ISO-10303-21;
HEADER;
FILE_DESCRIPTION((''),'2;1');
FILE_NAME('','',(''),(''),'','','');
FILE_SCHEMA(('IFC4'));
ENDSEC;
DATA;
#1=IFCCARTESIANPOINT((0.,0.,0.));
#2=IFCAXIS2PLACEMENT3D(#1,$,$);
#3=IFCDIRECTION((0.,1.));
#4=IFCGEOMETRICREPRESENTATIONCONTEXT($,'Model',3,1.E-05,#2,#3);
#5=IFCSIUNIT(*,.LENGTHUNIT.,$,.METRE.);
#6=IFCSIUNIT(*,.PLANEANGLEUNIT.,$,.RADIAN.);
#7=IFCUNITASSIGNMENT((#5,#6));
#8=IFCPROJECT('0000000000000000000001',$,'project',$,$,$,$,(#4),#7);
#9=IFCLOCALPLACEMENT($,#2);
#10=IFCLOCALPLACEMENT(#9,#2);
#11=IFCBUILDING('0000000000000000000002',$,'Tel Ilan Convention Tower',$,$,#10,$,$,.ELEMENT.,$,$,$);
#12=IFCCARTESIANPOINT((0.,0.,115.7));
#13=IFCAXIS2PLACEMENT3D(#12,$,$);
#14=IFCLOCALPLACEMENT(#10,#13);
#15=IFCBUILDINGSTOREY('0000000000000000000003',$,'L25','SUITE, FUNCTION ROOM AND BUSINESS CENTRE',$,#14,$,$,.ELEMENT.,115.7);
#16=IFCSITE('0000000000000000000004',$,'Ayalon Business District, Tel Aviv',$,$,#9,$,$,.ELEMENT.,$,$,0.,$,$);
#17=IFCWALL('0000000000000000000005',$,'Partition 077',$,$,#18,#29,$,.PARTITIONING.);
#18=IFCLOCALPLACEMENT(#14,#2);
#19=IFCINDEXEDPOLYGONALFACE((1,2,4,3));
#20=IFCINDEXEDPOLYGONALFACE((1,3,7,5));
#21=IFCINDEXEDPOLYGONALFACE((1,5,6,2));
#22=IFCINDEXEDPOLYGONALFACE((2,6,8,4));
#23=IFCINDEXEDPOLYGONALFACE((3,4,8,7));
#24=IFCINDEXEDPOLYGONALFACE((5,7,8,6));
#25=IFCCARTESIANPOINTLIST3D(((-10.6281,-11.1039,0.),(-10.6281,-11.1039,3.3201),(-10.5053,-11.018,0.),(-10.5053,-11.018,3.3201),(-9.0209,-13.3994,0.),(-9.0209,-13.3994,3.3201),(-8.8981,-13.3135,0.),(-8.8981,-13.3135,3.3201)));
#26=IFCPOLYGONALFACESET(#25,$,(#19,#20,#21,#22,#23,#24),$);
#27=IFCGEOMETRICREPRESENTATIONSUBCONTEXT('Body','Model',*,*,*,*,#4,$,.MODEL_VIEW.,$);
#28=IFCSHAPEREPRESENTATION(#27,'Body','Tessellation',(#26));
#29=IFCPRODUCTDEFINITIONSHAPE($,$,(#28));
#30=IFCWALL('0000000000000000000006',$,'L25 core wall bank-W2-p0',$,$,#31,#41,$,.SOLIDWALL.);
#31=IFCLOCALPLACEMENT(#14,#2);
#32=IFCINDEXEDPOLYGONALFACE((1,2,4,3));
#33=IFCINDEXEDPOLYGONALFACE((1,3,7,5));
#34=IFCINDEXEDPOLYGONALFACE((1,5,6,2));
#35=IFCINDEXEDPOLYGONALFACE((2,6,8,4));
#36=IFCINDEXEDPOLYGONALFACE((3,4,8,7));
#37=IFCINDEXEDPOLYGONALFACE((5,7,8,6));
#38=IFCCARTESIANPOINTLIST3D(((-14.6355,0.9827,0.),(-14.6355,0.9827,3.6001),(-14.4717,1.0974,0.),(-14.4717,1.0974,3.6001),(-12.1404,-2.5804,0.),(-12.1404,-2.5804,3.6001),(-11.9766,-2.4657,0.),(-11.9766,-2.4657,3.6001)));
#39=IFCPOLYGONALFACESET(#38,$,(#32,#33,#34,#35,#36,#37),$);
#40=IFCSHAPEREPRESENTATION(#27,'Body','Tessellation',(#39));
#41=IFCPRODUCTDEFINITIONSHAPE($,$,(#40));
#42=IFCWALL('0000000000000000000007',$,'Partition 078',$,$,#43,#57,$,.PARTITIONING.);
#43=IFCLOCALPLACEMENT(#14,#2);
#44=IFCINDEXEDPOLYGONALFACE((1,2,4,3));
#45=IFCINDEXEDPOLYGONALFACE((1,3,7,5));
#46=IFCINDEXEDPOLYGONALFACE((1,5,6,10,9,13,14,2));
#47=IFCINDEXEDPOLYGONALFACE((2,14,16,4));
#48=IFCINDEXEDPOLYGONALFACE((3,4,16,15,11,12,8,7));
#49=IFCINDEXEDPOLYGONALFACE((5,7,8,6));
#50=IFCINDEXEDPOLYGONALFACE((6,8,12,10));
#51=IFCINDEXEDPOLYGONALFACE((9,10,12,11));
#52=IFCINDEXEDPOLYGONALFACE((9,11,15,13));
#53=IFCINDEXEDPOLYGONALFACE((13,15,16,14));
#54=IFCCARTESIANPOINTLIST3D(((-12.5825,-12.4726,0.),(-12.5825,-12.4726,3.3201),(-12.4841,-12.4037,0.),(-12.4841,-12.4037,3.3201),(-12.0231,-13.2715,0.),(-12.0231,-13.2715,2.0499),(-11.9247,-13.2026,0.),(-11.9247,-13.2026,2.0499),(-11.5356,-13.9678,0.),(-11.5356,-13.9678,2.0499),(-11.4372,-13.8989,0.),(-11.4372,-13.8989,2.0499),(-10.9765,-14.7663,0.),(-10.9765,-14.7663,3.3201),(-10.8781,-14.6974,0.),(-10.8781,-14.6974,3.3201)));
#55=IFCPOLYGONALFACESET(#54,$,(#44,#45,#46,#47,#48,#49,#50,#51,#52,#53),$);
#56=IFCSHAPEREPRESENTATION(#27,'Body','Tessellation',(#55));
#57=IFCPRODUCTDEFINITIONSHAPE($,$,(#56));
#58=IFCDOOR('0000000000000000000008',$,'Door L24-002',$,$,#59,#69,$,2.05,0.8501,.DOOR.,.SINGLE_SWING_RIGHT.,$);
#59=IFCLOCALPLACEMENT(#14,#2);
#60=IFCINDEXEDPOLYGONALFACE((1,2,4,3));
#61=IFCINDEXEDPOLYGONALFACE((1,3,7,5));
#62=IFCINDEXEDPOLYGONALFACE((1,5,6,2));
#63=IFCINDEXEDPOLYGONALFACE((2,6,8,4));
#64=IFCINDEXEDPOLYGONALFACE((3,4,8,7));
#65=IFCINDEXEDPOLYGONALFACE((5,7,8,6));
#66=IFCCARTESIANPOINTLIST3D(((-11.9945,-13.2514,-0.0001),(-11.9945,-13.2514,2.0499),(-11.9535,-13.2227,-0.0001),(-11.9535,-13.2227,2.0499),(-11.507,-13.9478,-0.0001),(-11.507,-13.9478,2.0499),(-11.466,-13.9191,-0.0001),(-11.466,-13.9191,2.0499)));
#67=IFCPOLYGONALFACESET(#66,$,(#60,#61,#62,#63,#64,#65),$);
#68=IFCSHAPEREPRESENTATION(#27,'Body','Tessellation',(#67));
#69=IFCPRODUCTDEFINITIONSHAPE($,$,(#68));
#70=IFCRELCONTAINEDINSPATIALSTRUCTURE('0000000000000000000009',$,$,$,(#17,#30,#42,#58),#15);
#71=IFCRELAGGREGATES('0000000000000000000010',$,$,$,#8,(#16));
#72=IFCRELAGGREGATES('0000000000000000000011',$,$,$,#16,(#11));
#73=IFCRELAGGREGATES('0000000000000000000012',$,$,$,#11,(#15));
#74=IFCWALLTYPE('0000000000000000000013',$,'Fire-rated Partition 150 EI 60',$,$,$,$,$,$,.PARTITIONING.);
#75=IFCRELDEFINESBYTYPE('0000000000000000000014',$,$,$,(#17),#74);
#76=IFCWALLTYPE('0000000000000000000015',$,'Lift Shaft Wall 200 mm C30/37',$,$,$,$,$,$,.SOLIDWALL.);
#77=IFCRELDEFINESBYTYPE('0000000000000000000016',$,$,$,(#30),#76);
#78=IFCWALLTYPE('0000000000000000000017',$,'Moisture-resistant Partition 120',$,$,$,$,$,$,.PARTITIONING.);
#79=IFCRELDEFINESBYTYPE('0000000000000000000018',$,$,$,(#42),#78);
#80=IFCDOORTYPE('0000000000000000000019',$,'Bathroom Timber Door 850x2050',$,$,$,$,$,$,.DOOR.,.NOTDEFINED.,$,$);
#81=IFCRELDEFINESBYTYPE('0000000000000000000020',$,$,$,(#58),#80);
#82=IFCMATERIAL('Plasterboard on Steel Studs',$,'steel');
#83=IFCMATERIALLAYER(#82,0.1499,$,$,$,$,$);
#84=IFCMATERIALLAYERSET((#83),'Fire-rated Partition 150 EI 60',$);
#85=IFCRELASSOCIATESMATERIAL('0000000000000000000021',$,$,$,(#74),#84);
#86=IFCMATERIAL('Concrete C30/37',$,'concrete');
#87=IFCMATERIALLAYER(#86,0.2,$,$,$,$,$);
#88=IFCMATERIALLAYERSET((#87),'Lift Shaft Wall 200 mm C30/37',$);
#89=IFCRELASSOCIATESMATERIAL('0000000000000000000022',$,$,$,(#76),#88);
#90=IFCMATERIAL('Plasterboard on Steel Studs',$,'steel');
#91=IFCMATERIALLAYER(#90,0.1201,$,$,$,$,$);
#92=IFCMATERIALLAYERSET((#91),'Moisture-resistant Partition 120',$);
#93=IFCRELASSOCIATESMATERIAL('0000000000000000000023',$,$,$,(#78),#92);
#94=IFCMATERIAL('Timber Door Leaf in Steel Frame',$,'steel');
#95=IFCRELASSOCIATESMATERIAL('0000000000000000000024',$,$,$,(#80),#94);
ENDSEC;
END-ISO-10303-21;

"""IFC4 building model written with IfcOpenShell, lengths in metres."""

from ifc_helpers import new_model, si_unit, direction, frame, frame_2d, origin, place, context, subcontext, project, spatial, rectangle, extrude, material, layer, layer_set, type_object, element, fill, save


model = new_model("IFC4")

# Units and contexts
model_context = context("Model", 3, precision=1e-05, world=origin(), true_north=direction((0.0, 1.0)))
body_context = subcontext(model_context, "Body", "Model", "MODEL_VIEW")
ifc_project = project(units=[si_unit("LENGTHUNIT", "METRE"), si_unit("PLANEANGLEUNIT", "RADIAN")], contexts=[model_context])

# Site, building, storey
site_placement = place(None, origin())
site = spatial("IfcSite", under=ifc_project, at=site_placement, Name="Ayalon Business District, Tel Aviv", CompositionType="ELEMENT", RefElevation=0.0)
building_placement = place(site_placement, origin())
building = spatial("IfcBuilding", under=site, at=building_placement, Name="Tel Ilan Convention Tower", CompositionType="ELEMENT")
storey_placement = place(building_placement, frame((0.0, 0.0, 115.7)))
storey = spatial("IfcBuildingStorey", under=building, at=storey_placement, Name="L25", Description="SUITE, FUNCTION ROOM AND BUSINESS CENTRE", CompositionType="ELEMENT", Elevation=115.7)

# Shared definitions
ifc_material_1 = material(Name="Plasterboard on Steel Studs", Category="steel")
ifc_layer_1 = layer(ifc_material_1, 0.1499)
ifc_layer_set_1 = layer_set([ifc_layer_1], Name="Fire-rated Partition 150 EI 60")
wall_type_1 = type_object("IfcWallType", Name="Fire-rated Partition 150 EI 60", PredefinedType="PARTITIONING", material=ifc_layer_set_1)

# Walls
wall_1_placement = place(storey_placement, frame((-8.9595, -13.3564, 0.0), z_axis=(0.0, 0.0, 1.0), x_axis=(-0.573556, 0.819166, 0.0)))
element("IfcWall", 1, at=wall_1_placement, inside=storey, type_object=wall_type_1, Name="Partition 077", PredefinedType="PARTITIONING", context=body_context, shape_type="SweptSolid", body=[
    extrude(rectangle(XDim=2.8022, YDim=0.1499, at=frame_2d((1.4011, 0.0))), origin(), (0.0, 0.0, 1.0), 3.3201),
])
ifc_material_2 = material(Name="Concrete C30/37", Category="concrete")
ifc_layer_2 = layer(ifc_material_2, 0.2)
ifc_layer_set_2 = layer_set([ifc_layer_2], Name="Lift Shaft Wall 200 mm C30/37")
wall_type_2 = type_object("IfcWallType", Name="Lift Shaft Wall 200 mm C30/37", PredefinedType="SOLIDWALL", material=ifc_layer_set_2)
wall_2_placement = place(storey_placement, frame((-12.0586, -2.5229, 0.0), z_axis=(0.0, 0.0, 1.0), x_axis=(-0.573594, 0.81914, 0.0)))
element("IfcWall", 2, at=wall_2_placement, inside=storey, type_object=wall_type_2, Name="L25 core wall bank-W2-p0", PredefinedType="SOLIDWALL", context=body_context, shape_type="SweptSolid", body=[
    extrude(rectangle(XDim=4.3499, YDim=0.2, at=frame_2d((2.1748, 0.0))), origin(), (0.0, 0.0, 1.0), 3.6001),
])

# Wall, opening, door
ifc_material_3 = material(Name="Plasterboard on Steel Studs", Category="steel")
ifc_layer_3 = layer(ifc_material_3, 0.1201)
ifc_layer_set_3 = layer_set([ifc_layer_3], Name="Moisture-resistant Partition 120")
wall_type_3 = type_object("IfcWallType", Name="Moisture-resistant Partition 120", PredefinedType="PARTITIONING", material=ifc_layer_set_3)
wall_3_placement = place(storey_placement, frame((-12.5332, -12.4382, 0.0), z_axis=(0.0, 0.0, 1.0), x_axis=(0.57355, -0.81917, 0.0)))
wall_3 = element("IfcWall", 3, at=wall_3_placement, inside=storey, type_object=wall_type_3, Name="Partition 078", PredefinedType="PARTITIONING", context=body_context, shape_type="SweptSolid", body=[
    extrude(rectangle(XDim=2.8, YDim=0.1201, at=frame_2d((1.3999, 0.0))), origin(), (0.0, 0.0, 1.0), 3.3201),
])
opening_1_placement = place(wall_3_placement, frame((0.9751, 0.0, 0.0)))
opening_1 = element("IfcOpeningElement", 4, at=opening_1_placement, cuts=wall_3, PredefinedType="OPENING", context=body_context, shape_type="SweptSolid", body=[
    extrude(rectangle(XDim=0.8501, YDim=2.05, at=frame_2d((0.425, 1.0249))), frame((0.0, 0.0701, 0.0), z_axis=(0.0, -1.0, 0.0), x_axis=(1.0, 0.0, 0.0)), (0.0, 0.0, 1.0), 0.1401),
])
ifc_material_4 = material(Name="Timber Door Leaf in Steel Frame", Category="steel")
door_type_1 = type_object("IfcDoorType", Name="Bathroom Timber Door 850x2050", OperationType="NOTDEFINED", PredefinedType="DOOR", material=ifc_material_4)
door_1_placement = place(opening_1_placement, origin())
door_1 = element("IfcDoor", 5, at=door_1_placement, inside=storey, type_object=door_type_1, Name="Door L24-002", OperationType="SINGLE_SWING_RIGHT", OverallHeight=2.05, OverallWidth=0.8501, PredefinedType="DOOR", context=body_context, shape_type="SweptSolid", body=[
    extrude(rectangle(XDim=0.8501, YDim=2.05, at=frame_2d((0.425, 1.0249))), frame((0.0, 0.0249, 0.0), z_axis=(0.0, -1.0, 0.0), x_axis=(1.0, 0.0, 0.0)), (0.0, 0.0, 1.0), 0.05),
])
fill(opening_1, door_1)

save(model, "model.ifc")
